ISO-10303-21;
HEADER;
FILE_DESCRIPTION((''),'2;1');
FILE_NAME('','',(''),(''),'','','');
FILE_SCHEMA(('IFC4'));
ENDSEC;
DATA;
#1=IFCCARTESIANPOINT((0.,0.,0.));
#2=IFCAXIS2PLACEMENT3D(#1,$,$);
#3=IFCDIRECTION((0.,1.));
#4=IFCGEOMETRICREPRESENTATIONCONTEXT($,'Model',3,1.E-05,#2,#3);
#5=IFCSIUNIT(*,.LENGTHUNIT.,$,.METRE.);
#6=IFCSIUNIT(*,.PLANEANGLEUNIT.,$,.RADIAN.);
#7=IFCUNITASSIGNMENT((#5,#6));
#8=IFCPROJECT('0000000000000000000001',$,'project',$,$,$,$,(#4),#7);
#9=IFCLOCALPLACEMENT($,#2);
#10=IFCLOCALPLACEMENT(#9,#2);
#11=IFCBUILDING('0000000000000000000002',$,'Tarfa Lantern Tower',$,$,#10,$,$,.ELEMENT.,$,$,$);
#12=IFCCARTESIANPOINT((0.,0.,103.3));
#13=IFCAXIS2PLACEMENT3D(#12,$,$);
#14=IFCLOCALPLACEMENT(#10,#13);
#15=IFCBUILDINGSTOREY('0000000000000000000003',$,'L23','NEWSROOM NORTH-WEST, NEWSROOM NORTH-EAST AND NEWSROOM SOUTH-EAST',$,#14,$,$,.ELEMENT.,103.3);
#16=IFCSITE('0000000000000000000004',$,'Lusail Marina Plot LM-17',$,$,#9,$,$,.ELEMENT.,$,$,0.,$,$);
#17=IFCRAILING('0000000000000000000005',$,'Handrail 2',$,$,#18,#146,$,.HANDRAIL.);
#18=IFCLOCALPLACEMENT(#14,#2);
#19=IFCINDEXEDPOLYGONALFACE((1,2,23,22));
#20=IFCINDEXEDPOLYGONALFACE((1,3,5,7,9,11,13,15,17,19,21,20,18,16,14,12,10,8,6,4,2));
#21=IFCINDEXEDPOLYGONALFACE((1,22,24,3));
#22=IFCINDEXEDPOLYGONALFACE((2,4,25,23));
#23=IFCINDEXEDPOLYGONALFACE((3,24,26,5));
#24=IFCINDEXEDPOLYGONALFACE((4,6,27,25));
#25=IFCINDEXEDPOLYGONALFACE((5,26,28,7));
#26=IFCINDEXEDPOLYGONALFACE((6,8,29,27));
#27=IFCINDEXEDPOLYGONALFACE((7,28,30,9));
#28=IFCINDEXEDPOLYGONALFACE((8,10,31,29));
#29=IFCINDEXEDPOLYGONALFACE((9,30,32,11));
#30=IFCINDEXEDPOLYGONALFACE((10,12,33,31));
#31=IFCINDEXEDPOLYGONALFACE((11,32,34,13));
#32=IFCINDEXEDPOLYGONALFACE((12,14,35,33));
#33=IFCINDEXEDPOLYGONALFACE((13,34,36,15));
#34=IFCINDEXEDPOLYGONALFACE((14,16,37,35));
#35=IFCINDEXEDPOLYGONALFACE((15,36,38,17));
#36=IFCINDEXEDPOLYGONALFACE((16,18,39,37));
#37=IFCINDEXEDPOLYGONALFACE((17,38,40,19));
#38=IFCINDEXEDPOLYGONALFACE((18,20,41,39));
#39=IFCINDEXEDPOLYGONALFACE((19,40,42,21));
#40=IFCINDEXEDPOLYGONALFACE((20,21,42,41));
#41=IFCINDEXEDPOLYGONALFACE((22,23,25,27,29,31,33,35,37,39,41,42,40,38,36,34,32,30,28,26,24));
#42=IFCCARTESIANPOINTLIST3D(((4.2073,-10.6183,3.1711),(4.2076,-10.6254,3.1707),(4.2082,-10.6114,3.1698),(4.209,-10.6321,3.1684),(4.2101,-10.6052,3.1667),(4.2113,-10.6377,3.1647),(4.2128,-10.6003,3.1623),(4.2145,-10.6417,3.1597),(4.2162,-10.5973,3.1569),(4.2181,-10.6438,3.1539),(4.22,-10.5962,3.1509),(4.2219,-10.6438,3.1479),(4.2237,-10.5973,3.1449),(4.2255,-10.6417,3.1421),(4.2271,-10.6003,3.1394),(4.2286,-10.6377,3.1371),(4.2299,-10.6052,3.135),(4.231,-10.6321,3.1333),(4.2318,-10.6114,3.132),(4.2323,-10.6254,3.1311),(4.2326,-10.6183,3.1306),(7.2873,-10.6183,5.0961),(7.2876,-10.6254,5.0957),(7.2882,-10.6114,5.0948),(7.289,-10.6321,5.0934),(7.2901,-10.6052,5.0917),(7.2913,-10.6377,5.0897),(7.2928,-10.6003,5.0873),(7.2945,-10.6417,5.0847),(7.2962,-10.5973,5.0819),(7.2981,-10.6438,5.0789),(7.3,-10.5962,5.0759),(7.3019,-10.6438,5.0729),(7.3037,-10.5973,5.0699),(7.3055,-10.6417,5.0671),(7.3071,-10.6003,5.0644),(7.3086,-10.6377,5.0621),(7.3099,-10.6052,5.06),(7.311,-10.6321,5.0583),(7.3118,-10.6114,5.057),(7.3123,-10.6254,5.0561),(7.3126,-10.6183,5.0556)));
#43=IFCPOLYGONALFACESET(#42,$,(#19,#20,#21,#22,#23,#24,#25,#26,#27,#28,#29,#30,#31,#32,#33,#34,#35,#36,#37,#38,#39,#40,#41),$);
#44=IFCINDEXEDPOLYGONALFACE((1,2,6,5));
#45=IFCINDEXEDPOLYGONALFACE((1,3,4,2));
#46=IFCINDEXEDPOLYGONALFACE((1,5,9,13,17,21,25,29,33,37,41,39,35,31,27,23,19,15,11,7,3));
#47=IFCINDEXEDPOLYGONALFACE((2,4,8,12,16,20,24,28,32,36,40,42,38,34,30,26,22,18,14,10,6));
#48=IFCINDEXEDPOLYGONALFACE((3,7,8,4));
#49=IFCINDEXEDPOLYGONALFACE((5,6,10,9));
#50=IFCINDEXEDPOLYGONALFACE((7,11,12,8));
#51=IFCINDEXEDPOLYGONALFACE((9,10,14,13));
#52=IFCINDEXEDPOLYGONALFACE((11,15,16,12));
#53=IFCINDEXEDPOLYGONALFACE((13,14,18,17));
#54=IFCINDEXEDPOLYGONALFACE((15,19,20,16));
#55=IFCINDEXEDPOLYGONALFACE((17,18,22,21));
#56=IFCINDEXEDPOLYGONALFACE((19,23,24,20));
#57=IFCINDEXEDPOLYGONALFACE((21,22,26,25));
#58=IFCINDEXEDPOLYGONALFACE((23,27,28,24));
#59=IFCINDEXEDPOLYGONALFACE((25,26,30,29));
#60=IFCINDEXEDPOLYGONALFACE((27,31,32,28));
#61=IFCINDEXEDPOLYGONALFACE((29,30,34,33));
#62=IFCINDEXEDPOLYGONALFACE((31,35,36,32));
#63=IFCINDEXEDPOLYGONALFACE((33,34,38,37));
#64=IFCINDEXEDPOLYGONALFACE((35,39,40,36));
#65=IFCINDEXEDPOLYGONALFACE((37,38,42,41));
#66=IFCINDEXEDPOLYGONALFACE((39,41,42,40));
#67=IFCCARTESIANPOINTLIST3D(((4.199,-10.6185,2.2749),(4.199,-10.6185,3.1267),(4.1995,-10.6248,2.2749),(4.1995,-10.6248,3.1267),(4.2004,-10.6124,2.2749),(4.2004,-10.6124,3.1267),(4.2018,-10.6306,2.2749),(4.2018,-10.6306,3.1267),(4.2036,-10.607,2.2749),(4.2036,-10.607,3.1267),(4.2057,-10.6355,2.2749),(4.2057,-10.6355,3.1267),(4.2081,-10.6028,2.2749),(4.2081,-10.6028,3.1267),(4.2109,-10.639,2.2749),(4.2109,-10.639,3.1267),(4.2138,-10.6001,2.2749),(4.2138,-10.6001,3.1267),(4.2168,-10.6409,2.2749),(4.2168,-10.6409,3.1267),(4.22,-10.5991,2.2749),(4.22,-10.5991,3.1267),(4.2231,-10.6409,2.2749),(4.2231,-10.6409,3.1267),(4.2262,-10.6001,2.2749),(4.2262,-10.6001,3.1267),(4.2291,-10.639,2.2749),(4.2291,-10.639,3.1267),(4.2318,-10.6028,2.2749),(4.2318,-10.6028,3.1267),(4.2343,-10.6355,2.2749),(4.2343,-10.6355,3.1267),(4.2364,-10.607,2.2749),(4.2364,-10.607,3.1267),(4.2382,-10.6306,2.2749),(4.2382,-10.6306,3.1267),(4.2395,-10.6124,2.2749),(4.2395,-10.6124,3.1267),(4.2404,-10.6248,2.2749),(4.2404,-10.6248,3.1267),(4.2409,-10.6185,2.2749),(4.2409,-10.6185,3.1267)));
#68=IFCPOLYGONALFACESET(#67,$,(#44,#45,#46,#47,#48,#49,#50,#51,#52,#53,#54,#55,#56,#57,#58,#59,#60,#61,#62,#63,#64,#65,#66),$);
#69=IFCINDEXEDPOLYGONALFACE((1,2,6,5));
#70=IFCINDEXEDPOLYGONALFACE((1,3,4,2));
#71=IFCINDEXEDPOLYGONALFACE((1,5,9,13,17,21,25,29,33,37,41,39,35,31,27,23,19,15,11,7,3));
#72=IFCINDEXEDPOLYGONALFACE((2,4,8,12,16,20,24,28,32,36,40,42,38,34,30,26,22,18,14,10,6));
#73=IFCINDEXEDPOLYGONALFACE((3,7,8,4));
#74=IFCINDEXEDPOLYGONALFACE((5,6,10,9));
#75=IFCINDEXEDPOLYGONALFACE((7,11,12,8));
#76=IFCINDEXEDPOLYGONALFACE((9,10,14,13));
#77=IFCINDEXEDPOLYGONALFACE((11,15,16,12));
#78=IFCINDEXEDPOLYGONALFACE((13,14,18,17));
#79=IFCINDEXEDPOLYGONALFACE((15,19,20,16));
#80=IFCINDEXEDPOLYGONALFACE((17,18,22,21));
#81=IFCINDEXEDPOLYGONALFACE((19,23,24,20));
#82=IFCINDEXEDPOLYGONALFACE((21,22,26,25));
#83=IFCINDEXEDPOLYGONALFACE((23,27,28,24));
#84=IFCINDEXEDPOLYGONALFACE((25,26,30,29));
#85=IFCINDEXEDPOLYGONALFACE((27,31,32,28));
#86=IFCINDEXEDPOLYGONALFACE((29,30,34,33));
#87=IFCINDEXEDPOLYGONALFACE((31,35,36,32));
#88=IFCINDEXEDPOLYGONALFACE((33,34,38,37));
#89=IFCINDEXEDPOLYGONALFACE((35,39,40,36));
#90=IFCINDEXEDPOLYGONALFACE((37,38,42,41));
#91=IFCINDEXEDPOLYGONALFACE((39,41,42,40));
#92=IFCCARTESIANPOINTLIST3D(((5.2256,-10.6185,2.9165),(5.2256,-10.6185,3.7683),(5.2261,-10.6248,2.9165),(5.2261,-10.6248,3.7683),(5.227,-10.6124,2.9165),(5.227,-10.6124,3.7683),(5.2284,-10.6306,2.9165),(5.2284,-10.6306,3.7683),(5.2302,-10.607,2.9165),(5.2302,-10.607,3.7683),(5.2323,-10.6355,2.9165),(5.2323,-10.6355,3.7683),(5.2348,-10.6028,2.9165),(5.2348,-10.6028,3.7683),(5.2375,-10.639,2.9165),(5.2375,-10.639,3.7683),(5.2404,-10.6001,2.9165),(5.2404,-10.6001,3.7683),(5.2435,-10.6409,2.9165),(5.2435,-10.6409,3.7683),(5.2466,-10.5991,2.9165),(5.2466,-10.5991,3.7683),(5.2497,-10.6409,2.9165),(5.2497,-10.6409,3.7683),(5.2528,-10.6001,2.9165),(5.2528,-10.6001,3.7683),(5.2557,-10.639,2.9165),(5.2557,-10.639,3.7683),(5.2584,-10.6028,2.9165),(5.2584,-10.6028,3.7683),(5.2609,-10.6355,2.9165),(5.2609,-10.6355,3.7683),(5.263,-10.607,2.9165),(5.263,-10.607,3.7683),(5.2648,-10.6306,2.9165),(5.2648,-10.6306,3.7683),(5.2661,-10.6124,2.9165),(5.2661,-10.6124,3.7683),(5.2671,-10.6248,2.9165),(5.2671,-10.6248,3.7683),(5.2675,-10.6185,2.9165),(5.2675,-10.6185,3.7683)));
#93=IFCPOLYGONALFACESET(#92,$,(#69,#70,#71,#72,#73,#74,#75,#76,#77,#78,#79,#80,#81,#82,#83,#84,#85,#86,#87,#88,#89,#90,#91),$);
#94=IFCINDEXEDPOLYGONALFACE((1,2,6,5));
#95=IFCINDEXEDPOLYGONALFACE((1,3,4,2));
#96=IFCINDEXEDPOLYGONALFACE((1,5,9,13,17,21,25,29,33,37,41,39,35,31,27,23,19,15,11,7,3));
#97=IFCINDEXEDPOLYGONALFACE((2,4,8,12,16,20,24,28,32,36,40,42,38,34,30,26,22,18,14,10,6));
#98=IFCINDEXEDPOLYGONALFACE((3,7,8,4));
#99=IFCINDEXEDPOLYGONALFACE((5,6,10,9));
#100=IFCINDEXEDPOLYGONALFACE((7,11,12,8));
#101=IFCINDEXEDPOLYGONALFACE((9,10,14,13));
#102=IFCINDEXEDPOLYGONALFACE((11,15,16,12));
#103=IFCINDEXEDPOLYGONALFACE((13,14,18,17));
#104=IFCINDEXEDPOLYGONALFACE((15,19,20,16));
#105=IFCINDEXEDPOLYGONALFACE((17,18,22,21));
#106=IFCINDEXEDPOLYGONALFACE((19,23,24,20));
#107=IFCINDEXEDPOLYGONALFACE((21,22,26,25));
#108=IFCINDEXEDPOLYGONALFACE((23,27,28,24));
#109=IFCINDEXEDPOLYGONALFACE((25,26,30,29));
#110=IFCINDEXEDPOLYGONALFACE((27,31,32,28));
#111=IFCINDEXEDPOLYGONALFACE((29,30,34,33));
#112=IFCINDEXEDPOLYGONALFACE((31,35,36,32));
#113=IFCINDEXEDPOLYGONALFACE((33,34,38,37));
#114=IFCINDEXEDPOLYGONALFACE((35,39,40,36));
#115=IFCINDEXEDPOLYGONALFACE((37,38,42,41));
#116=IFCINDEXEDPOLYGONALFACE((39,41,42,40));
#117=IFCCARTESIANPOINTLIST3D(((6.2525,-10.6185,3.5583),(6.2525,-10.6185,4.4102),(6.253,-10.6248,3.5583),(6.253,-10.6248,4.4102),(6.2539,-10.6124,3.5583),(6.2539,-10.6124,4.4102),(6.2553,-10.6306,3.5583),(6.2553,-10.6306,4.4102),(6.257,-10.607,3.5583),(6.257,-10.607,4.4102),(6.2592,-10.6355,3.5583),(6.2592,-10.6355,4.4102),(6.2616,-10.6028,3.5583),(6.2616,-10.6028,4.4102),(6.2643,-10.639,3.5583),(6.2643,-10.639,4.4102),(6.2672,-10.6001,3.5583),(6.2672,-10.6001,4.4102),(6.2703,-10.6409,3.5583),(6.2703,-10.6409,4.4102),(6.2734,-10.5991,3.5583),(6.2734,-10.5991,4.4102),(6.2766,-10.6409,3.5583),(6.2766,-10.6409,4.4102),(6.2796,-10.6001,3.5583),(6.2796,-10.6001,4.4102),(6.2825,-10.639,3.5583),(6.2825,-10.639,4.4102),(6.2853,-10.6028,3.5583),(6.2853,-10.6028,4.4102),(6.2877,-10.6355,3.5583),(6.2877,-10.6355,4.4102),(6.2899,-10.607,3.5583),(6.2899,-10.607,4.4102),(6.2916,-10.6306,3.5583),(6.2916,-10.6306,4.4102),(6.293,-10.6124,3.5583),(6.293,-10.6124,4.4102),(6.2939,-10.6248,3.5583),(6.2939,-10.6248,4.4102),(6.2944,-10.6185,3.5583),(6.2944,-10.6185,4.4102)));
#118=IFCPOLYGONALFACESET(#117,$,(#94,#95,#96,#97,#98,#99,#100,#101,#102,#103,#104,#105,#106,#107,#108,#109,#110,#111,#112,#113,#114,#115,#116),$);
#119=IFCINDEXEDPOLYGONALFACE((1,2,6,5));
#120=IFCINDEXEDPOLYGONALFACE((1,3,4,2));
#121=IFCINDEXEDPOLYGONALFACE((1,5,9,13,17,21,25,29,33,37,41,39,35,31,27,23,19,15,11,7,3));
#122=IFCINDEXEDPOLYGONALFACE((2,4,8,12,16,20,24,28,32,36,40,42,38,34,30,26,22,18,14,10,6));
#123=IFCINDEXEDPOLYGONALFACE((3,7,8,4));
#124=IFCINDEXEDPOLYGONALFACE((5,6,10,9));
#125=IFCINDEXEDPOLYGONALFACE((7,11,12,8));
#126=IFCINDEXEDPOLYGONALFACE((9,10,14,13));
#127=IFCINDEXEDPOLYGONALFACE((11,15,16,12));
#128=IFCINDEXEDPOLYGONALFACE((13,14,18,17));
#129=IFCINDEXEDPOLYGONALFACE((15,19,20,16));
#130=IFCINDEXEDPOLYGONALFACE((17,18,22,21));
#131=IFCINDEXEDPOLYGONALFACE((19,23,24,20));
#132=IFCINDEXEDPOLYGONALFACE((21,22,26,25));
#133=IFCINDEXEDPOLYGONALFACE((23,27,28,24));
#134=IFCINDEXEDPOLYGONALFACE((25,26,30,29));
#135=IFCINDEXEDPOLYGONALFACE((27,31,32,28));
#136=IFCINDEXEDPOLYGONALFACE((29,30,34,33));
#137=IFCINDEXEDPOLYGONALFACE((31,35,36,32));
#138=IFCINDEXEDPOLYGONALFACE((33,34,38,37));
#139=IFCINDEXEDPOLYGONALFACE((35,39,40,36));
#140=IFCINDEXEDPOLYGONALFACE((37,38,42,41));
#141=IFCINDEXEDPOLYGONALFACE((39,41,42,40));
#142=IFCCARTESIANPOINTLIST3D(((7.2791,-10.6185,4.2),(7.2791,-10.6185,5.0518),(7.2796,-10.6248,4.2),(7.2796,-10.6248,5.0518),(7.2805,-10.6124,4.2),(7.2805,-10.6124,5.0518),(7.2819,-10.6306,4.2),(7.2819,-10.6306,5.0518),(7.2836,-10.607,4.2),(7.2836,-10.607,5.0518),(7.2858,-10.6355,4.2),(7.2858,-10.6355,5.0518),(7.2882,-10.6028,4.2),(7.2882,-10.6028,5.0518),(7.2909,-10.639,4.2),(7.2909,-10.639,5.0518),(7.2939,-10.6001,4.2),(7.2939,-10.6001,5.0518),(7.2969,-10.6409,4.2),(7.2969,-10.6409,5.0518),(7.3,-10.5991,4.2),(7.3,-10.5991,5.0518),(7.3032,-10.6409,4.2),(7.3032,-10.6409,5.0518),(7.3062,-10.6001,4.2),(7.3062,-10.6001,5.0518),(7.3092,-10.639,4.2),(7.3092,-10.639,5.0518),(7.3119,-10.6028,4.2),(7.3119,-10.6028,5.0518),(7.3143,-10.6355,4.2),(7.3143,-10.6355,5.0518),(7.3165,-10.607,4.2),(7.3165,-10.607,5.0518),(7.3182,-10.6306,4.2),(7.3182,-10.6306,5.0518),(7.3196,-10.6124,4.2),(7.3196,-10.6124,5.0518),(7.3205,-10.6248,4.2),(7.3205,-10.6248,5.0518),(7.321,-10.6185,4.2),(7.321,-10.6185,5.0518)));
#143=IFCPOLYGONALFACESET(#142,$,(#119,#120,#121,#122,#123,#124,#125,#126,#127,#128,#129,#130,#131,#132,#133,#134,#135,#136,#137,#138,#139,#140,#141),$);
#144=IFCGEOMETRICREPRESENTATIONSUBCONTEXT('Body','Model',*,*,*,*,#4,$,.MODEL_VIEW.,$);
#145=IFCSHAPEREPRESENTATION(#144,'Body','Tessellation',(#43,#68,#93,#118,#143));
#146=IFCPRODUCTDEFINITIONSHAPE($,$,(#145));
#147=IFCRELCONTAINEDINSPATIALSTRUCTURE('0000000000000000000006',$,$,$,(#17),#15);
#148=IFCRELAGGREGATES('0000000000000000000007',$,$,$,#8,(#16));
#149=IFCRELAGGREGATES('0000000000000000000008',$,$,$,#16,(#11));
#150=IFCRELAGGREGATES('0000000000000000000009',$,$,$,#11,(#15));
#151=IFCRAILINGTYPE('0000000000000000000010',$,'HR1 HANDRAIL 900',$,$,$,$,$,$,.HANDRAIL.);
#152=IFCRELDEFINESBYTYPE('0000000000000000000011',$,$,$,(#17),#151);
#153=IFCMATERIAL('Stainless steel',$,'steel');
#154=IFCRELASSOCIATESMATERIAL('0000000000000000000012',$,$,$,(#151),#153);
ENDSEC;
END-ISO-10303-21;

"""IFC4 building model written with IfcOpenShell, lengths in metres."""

from ifc_helpers import new_model, si_unit, direction, frame, origin, origin_2d, place, context, subcontext, project, spatial, circle, extrude, material, type_object, element, save


model = new_model("IFC4")

# Units and contexts
model_context = context("Model", 3, precision=1e-05, world=origin(), true_north=direction((0.0, 1.0)))
body_context = subcontext(model_context, "Body", "Model", "MODEL_VIEW")
ifc_project = project(units=[si_unit("LENGTHUNIT", "METRE"), si_unit("PLANEANGLEUNIT", "RADIAN")], contexts=[model_context])

# Site, building, storey
site_placement = place(None, origin())
site = spatial("IfcSite", under=ifc_project, at=site_placement, Name="Lusail Marina Plot LM-17", CompositionType="ELEMENT", RefElevation=0.0)
building_placement = place(site_placement, origin())
building = spatial("IfcBuilding", under=site, at=building_placement, Name="Tarfa Lantern Tower", CompositionType="ELEMENT")
storey_placement = place(building_placement, frame((0.0, 0.0, 103.3)))
storey = spatial("IfcBuildingStorey", under=building, at=storey_placement, Name="L23", Description="NEWSROOM NORTH-WEST, NEWSROOM NORTH-EAST AND NEWSROOM SOUTH-EAST", CompositionType="ELEMENT", Elevation=103.3)

# Railing
ifc_material_1 = material(Name="Stainless steel", Category="steel")
railing_type = type_object("IfcRailingType", Name="HR1 HANDRAIL 900", PredefinedType="HANDRAIL", material=ifc_material_1)
railing_1_placement = place(storey_placement, frame((4.22, -10.6201, 2.2749)))
element("IfcRailing", 1, at=railing_1_placement, inside=storey, type_object=railing_type, Name="Handrail 2", PredefinedType="HANDRAIL", context=body_context, shape_type="SweptSolid", body=[
    extrude(circle(Radius=0.0239, at=origin_2d()), frame((0.0, 0.0, 0.876), z_axis=(0.847998, 0.0, 0.529999), x_axis=(0.0, 1.0, 0.0)), (0.0, 0.0, 1.0), 3.6321),
    extrude(circle(Radius=0.021, at=origin_2d()), frame((0.0, 0.0, 0.0), z_axis=(0.0, 0.0, 1.0), x_axis=(0.0, 1.0, 0.0)), (0.0, 0.0, 1.0), 0.8518),
    extrude(circle(Radius=0.021, at=origin_2d()), frame((1.0266, 0.0, 0.6416), z_axis=(0.0, 0.0, 1.0), x_axis=(0.0, 1.0, 0.0)), (0.0, 0.0, 1.0), 0.8518),
    extrude(circle(Radius=0.021, at=origin_2d()), frame((2.0535, 0.0, 1.2834), z_axis=(0.0, 0.0, 1.0), x_axis=(0.0, 1.0, 0.0)), (0.0, 0.0, 1.0), 0.8518),
    extrude(circle(Radius=0.021, at=origin_2d()), frame((3.0801, 0.0, 1.925), z_axis=(0.0, 0.0, 1.0), x_axis=(0.0, 1.0, 0.0)), (0.0, 0.0, 1.0), 0.8518),
])

save(model, "model.ifc")
